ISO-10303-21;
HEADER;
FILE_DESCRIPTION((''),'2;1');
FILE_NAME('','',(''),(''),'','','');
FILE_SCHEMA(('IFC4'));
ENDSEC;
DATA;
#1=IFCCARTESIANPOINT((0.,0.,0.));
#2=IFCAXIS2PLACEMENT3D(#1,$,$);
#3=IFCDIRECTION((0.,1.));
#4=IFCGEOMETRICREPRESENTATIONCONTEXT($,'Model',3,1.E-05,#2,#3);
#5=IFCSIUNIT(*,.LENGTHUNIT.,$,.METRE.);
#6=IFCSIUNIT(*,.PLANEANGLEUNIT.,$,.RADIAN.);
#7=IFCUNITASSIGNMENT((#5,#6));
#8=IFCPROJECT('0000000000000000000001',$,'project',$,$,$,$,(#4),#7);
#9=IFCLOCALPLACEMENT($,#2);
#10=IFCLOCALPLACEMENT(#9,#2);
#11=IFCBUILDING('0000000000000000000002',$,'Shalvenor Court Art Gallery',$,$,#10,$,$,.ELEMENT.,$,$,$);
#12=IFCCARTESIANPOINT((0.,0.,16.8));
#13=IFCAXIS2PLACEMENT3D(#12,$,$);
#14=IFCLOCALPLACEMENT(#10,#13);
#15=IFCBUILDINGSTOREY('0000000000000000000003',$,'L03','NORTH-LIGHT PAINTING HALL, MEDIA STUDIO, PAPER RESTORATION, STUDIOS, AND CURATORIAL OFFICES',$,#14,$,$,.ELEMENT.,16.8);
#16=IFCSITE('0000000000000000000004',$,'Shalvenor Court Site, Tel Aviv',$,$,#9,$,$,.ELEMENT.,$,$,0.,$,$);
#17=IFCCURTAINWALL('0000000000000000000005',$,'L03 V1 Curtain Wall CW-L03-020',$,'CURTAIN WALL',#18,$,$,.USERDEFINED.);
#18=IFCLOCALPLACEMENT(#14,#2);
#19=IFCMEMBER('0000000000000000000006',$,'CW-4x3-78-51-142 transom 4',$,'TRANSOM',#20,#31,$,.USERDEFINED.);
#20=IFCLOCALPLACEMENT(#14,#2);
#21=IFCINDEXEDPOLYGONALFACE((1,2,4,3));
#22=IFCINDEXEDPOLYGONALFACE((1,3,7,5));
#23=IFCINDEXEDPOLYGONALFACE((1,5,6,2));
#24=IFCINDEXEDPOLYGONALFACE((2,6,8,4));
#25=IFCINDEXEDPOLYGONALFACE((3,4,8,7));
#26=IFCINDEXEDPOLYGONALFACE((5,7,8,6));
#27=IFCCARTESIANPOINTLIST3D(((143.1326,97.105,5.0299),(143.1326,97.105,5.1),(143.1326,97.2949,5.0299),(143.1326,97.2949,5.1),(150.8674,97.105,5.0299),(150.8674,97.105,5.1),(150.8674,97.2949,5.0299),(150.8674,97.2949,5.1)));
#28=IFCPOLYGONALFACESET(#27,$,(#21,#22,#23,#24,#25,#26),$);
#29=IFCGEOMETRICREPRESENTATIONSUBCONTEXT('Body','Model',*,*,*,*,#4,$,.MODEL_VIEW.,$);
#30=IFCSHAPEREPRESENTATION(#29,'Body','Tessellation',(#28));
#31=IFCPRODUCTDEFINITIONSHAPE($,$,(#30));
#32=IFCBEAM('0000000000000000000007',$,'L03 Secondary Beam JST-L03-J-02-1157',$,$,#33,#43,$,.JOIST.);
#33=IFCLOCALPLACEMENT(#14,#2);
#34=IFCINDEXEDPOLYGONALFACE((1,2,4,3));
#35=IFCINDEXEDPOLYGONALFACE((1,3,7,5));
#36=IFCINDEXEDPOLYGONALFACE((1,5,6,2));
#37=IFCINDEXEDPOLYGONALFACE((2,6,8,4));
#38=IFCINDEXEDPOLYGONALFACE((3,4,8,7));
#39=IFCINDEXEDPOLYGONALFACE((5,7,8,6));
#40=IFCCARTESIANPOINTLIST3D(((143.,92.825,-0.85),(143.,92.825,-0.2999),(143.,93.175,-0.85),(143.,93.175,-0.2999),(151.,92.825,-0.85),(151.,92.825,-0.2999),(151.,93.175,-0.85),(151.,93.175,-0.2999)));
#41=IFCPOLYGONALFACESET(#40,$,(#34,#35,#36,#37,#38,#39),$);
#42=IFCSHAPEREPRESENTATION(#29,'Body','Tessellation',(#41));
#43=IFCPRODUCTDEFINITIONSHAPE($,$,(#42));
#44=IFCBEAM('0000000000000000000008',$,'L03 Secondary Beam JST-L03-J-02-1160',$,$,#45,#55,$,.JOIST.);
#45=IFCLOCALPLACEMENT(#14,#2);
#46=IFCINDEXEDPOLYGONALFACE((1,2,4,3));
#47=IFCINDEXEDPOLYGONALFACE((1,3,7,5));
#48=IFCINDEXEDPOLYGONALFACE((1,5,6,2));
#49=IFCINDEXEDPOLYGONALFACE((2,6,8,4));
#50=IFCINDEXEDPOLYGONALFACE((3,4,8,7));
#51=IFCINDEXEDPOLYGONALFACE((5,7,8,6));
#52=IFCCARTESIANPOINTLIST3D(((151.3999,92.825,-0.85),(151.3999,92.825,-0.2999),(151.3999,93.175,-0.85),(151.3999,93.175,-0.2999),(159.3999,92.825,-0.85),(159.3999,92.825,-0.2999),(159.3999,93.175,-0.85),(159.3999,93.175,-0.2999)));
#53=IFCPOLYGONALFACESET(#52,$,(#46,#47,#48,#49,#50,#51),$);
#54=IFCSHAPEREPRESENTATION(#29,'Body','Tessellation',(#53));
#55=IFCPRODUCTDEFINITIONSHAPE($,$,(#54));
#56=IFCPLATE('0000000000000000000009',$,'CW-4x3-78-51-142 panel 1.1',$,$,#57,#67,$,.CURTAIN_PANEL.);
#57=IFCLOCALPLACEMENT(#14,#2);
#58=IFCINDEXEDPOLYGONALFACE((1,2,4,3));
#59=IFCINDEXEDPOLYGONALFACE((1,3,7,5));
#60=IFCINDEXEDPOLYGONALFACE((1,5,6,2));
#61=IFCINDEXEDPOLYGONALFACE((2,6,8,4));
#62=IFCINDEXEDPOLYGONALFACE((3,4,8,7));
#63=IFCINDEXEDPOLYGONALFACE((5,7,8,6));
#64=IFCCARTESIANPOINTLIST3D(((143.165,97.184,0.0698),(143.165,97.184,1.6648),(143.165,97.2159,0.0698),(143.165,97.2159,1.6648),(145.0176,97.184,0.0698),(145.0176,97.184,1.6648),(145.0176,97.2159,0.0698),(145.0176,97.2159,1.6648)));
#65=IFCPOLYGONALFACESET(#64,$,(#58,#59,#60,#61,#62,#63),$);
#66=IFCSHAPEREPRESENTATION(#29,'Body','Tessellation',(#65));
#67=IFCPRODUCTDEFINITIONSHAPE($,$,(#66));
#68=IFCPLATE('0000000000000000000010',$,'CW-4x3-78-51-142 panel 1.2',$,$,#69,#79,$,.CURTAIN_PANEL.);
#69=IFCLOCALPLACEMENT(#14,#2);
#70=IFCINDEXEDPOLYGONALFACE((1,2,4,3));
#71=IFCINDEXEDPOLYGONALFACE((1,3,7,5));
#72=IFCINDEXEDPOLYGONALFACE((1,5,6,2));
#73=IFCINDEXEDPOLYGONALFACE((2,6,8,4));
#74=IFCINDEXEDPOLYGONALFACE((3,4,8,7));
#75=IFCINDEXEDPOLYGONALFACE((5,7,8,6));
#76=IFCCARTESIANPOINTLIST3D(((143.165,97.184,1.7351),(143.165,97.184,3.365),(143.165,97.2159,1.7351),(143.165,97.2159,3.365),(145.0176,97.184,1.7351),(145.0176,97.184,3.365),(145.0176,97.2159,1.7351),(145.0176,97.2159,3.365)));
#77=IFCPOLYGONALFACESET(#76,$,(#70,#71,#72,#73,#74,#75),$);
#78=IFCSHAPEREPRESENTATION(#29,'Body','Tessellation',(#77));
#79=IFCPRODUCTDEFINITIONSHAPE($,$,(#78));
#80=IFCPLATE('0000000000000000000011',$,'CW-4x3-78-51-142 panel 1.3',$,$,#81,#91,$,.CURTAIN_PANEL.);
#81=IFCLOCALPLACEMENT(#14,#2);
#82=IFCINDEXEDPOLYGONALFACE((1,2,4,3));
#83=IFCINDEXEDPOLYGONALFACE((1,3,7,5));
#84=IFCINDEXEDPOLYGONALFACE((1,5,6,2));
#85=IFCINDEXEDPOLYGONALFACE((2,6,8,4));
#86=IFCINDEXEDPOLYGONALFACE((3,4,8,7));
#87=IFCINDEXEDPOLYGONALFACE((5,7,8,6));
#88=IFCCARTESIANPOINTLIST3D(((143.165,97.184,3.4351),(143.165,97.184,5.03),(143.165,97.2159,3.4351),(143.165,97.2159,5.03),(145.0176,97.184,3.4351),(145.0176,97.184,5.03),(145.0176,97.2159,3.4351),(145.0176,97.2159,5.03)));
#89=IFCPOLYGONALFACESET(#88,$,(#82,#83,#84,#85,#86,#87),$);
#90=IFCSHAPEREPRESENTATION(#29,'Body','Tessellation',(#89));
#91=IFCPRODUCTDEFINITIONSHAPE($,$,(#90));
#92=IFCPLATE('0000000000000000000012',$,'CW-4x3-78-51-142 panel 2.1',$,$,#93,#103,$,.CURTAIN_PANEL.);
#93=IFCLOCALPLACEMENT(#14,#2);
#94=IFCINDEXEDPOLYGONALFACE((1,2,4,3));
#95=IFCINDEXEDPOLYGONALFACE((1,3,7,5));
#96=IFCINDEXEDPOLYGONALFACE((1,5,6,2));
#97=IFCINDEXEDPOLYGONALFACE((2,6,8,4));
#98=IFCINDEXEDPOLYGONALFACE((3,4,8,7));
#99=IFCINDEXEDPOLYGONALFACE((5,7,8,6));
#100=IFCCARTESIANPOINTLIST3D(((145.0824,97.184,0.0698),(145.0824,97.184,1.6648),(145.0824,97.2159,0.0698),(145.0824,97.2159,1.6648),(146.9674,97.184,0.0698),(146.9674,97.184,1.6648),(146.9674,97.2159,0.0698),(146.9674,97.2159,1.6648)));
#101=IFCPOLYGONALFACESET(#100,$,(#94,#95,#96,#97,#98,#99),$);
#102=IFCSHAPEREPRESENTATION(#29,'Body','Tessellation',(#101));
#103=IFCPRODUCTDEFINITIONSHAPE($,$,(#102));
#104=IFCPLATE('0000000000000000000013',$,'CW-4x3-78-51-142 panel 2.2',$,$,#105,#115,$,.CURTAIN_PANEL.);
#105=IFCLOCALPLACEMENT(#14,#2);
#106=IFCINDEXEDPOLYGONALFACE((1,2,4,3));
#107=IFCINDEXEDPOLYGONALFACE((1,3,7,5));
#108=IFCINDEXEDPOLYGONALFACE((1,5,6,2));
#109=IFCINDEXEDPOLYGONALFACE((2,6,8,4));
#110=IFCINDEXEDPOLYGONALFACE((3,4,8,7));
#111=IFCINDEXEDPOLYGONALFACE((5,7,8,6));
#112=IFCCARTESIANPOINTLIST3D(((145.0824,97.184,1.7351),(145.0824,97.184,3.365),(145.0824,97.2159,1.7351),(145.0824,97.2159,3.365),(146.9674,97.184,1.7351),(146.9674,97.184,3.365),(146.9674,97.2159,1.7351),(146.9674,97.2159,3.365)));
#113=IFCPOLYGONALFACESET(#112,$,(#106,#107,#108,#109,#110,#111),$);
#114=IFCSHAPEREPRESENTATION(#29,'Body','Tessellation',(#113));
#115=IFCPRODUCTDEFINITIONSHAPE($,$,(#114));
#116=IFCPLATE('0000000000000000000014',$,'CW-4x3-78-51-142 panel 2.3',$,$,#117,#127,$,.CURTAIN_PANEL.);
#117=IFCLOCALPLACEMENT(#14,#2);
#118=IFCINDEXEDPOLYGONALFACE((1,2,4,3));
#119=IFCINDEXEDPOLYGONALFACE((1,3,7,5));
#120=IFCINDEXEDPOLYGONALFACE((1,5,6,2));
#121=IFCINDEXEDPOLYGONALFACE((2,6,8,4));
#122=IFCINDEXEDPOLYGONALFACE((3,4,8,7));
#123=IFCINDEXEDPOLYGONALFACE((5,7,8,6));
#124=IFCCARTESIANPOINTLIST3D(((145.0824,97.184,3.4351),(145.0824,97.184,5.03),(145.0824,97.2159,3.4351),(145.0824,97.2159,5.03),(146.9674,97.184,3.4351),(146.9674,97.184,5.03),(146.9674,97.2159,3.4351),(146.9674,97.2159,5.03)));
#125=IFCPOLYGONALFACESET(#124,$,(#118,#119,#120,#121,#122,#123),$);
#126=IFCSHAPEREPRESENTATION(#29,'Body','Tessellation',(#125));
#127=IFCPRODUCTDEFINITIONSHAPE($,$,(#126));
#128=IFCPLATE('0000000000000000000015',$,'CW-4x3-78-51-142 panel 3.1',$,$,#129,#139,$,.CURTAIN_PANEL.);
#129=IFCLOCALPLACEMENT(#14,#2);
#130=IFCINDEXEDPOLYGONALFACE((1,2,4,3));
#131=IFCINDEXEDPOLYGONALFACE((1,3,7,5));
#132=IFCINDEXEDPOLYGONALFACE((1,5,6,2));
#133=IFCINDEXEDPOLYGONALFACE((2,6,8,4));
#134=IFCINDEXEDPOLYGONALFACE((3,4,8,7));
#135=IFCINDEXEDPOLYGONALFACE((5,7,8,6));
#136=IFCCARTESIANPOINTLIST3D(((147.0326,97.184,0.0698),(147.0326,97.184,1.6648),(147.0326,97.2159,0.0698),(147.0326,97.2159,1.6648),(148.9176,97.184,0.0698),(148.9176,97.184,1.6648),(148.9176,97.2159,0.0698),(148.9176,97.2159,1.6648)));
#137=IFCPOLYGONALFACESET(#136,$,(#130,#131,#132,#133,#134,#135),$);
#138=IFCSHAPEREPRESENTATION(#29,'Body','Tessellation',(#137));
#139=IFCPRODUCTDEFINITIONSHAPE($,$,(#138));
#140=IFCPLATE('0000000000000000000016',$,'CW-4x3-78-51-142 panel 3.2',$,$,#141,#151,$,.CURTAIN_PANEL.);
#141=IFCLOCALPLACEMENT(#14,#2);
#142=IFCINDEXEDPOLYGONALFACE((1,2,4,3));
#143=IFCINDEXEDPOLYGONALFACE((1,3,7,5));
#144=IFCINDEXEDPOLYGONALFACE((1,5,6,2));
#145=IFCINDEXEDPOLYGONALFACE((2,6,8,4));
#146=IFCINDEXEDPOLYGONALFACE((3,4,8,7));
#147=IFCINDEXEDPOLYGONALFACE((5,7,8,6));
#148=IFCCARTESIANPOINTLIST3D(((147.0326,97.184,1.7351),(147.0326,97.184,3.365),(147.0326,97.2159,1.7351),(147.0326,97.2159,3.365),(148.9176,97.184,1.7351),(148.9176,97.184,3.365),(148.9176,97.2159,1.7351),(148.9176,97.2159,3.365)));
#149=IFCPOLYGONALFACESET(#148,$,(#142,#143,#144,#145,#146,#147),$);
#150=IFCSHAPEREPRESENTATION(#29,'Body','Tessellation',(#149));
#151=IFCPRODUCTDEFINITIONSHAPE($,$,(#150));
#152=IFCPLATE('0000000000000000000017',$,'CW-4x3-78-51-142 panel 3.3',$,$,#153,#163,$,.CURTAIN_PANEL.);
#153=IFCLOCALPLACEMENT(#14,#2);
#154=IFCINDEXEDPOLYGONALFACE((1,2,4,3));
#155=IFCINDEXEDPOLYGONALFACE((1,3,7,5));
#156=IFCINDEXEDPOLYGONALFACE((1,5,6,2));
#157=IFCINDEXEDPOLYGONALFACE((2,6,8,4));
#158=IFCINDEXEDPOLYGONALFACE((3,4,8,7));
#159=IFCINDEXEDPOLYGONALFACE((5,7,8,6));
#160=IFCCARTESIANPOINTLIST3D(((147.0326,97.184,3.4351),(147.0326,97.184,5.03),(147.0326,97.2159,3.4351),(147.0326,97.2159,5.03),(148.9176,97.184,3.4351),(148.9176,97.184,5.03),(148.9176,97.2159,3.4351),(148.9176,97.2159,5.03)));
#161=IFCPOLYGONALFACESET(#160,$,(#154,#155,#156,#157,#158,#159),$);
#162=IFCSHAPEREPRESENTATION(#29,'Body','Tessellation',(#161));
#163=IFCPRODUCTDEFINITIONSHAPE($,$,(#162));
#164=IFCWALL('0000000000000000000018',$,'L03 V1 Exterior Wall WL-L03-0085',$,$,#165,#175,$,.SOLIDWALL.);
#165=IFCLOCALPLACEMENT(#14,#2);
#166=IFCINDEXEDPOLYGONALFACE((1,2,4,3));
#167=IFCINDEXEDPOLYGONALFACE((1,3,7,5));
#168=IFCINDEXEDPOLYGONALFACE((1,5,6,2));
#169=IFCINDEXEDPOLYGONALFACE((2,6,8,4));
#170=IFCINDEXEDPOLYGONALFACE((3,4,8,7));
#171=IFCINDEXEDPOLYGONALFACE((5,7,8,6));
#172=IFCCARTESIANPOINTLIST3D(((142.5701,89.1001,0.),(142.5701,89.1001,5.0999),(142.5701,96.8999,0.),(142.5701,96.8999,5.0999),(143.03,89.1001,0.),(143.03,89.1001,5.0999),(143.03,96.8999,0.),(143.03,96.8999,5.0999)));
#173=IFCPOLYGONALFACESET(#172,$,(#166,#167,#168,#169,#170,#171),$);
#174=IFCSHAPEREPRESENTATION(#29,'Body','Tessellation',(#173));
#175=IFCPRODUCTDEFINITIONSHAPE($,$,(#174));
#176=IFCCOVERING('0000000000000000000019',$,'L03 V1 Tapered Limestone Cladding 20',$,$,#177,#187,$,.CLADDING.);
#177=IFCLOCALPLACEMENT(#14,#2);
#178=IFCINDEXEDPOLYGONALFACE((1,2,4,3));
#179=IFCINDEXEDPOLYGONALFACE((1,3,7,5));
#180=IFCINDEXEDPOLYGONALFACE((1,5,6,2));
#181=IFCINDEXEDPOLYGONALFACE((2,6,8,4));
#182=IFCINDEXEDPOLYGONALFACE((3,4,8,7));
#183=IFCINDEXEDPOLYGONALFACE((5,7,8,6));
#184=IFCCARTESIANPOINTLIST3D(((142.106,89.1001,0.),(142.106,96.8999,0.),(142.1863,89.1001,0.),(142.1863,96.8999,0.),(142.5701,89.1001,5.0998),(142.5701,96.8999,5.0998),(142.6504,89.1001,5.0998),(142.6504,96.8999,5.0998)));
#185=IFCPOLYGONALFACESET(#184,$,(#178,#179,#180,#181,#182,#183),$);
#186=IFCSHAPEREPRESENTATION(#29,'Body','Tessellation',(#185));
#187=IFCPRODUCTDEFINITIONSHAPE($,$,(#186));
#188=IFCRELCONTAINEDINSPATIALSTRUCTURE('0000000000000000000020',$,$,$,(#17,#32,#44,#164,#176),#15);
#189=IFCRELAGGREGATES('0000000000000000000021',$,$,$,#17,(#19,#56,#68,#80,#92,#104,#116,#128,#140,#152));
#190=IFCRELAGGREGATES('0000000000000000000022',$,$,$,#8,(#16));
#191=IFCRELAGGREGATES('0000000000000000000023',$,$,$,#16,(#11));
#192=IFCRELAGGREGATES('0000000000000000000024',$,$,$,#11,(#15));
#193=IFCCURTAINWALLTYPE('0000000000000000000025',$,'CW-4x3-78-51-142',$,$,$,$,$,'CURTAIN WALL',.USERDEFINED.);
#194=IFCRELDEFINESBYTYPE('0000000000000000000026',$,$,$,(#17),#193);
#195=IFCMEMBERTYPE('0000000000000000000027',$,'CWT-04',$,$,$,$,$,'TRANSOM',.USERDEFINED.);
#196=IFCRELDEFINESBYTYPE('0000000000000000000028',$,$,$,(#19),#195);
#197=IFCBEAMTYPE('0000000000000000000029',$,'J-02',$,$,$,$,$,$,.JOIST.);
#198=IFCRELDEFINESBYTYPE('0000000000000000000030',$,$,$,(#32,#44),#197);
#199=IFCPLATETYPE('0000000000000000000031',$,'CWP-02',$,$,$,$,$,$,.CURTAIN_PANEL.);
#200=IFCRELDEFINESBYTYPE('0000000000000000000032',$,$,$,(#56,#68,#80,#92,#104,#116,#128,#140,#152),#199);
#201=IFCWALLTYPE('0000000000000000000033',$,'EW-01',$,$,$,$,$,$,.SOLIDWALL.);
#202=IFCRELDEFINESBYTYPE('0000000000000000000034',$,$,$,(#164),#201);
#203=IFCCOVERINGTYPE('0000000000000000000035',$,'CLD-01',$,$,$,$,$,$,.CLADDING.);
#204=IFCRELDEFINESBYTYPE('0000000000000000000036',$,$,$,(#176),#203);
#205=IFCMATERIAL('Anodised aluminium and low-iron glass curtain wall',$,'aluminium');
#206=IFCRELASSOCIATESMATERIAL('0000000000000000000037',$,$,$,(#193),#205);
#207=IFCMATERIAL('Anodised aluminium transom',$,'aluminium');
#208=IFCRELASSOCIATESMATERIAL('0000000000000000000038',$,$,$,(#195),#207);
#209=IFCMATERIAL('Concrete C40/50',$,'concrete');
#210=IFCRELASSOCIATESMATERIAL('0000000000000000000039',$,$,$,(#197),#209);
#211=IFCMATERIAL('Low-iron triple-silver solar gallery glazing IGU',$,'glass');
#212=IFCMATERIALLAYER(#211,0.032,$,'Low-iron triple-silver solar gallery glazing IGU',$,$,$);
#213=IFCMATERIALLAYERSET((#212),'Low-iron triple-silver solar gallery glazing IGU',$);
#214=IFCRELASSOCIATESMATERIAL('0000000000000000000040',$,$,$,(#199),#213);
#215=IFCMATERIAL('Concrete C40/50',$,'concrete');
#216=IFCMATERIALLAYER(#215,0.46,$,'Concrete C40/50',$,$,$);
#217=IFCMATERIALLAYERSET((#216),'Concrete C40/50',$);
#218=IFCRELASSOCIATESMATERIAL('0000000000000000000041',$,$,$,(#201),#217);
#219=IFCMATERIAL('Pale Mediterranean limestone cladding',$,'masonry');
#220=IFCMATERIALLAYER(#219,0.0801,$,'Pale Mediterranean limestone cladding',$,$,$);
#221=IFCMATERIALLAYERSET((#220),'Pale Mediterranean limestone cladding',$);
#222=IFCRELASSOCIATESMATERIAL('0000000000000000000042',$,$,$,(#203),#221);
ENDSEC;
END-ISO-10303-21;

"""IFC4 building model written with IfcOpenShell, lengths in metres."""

from ifc_helpers import new_model, si_unit, direction, frame, frame_2d, origin, origin_2d, place, context, subcontext, project, spatial, polyline, rectangle, outline, extrude, material, layer, layer_set, material_profile, profile_set, type_object, element, aggregate, save


model = new_model("IFC4")

# Units and contexts
model_context = context("Model", 3, precision=1e-05, world=origin(), true_north=direction((0.0, 1.0)))
body_context = subcontext(model_context, "Body", "Model", "MODEL_VIEW")
ifc_project = project(units=[si_unit("LENGTHUNIT", "METRE"), si_unit("PLANEANGLEUNIT", "RADIAN")], contexts=[model_context])

# Site, building, storey
site_placement = place(None, origin())
site = spatial("IfcSite", under=ifc_project, at=site_placement, Name="Shalvenor Court Site, Tel Aviv", CompositionType="ELEMENT", RefElevation=0.0)
building_placement = place(site_placement, origin())
building = spatial("IfcBuilding", under=site, at=building_placement, Name="Shalvenor Court Art Gallery", CompositionType="ELEMENT")
storey_placement = place(building_placement, frame((0.0, 0.0, 16.8)))
storey = spatial("IfcBuildingStorey", under=building, at=storey_placement, Name="L03", Description="NORTH-LIGHT PAINTING HALL, MEDIA STUDIO, PAPER RESTORATION, STUDIOS, AND CURATORIAL OFFICES", CompositionType="ELEMENT", Elevation=16.8)

# Curtain wall
ifc_material_1 = material(Name="Anodised aluminium and low-iron glass curtain wall", Category="aluminium")
curtain_wall_type_1 = type_object("IfcCurtainWallType", Name="CW-4x3-78-51-142", ElementType="CURTAIN WALL", PredefinedType="USERDEFINED", material=ifc_material_1)
curtain_wall_1_placement = place(storey_placement, origin())
curtain_wall_1 = element("IfcCurtainWall", 1, at=curtain_wall_1_placement, inside=storey, type_object=curtain_wall_type_1, Name="L03 V1 Curtain Wall CW-L03-020", ObjectType="CURTAIN WALL", PredefinedType="USERDEFINED")

# Member
ifc_material_2 = material(Name="Anodised aluminium transom", Category="aluminium")
ifc_material_profile_1 = material_profile(ifc_material_2, rectangle(XDim=0.1899, YDim=0.0701, at=origin_2d()), Name="CWT-04")
ifc_profile_set_1 = profile_set([ifc_material_profile_1], Name="Anodised aluminium transom")
member_type_1 = type_object("IfcMemberType", Name="CWT-04", ElementType="TRANSOM", PredefinedType="USERDEFINED", material=ifc_profile_set_1)
member_1_placement = place(storey_placement, frame((143.1326, 97.2, 5.0649), z_axis=(1.0, 0.0, 0.0), x_axis=(0.0, 1.0, 0.0)))
member_1 = element("IfcMember", 2, at=member_1_placement, type_object=member_type_1, Name="CW-4x3-78-51-142 transom 4", ObjectType="TRANSOM", PredefinedType="USERDEFINED", context=body_context, shape_type="SweptSolid", body=[
    extrude(rectangle(XDim=0.1899, YDim=0.0701, at=origin_2d()), origin(), (0.0, 0.0, 1.0), 7.7349),
])

# Beams
ifc_material_3 = material(Name="Concrete C40/50", Category="concrete")
ifc_material_profile_2 = material_profile(ifc_material_3, rectangle(XDim=0.3501, YDim=0.55, at=origin_2d()), Name="RC 350x550")
ifc_profile_set_2 = profile_set([ifc_material_profile_2], Name="Concrete C40/50")
beam_type_1 = type_object("IfcBeamType", Name="J-02", PredefinedType="JOIST", material=ifc_profile_set_2)
for number, where, z_axis, x_axis, name in (
    (3, (143.0, 93.0, -0.575), (1.0, 0.0, 0.0), (0.0, 1.0, 0.0), "L03 Secondary Beam JST-L03-J-02-1157"),
    (4, (151.3999, 93.0, -0.575), (1.0, 0.0, 0.0), (0.0, 1.0, 0.0), "L03 Secondary Beam JST-L03-J-02-1160"),
):
    element("IfcBeam", number, at=place(storey_placement, frame(where, z_axis=z_axis, x_axis=x_axis)), inside=storey, type_object=beam_type_1, Name=name, PredefinedType="JOIST", context=body_context, shape_type="SweptSolid", body=[
        extrude(rectangle(XDim=0.3501, YDim=0.55, at=origin_2d()), origin(), (0.0, 0.0, 1.0), 8.0),
    ])

# Plates
ifc_material_4 = material(Name="Low-iron triple-silver solar gallery glazing IGU", Category="glass")
ifc_layer_1 = layer(ifc_material_4, 0.032, Name="Low-iron triple-silver solar gallery glazing IGU")
ifc_layer_set_1 = layer_set([ifc_layer_1], Name="Low-iron triple-silver solar gallery glazing IGU")
plate_type = type_object("IfcPlateType", Name="CWP-02", PredefinedType="CURTAIN_PANEL", material=ifc_layer_set_1)
plate_1_placement = place(storey_placement, frame((144.0913, 97.2, 0.0698), z_axis=(0.0, 0.0, 1.0), x_axis=(1.0, 0.0, 0.0)))
plate_1 = element("IfcPlate", 5, at=plate_1_placement, type_object=plate_type, Name="CW-4x3-78-51-142 panel 1.1", PredefinedType="CURTAIN_PANEL", context=body_context, shape_type="SweptSolid", body=[
    extrude(rectangle(XDim=1.8525, YDim=0.032, at=origin_2d()), origin(), (0.0, 0.0, 1.0), 1.595),
])
plate_2_placement = place(storey_placement, frame((144.0913, 97.2, 1.7351), z_axis=(0.0, 0.0, 1.0), x_axis=(1.0, 0.0, 0.0)))
plate_2 = element("IfcPlate", 6, at=plate_2_placement, type_object=plate_type, Name="CW-4x3-78-51-142 panel 1.2", PredefinedType="CURTAIN_PANEL", context=body_context, shape_type="SweptSolid", body=[
    extrude(rectangle(XDim=1.8525, YDim=0.032, at=origin_2d()), origin(), (0.0, 0.0, 1.0), 1.6299),
])
plate_3_placement = place(storey_placement, frame((144.0913, 97.2, 3.4351), z_axis=(0.0, 0.0, 1.0), x_axis=(1.0, 0.0, 0.0)))
plate_3 = element("IfcPlate", 7, at=plate_3_placement, type_object=plate_type, Name="CW-4x3-78-51-142 panel 1.3", PredefinedType="CURTAIN_PANEL", context=body_context, shape_type="SweptSolid", body=[
    extrude(rectangle(XDim=1.8525, YDim=0.032, at=origin_2d()), origin(), (0.0, 0.0, 1.0), 1.595),
])
plate_4_placement = place(storey_placement, frame((146.0249, 97.2, 0.0698), z_axis=(0.0, 0.0, 1.0), x_axis=(1.0, 0.0, 0.0)))
plate_4 = element("IfcPlate", 8, at=plate_4_placement, type_object=plate_type, Name="CW-4x3-78-51-142 panel 2.1", PredefinedType="CURTAIN_PANEL", context=body_context, shape_type="SweptSolid", body=[
    extrude(rectangle(XDim=1.885, YDim=0.032, at=origin_2d()), origin(), (0.0, 0.0, 1.0), 1.595),
])
plate_5_placement = place(storey_placement, frame((146.0249, 97.2, 1.7351), z_axis=(0.0, 0.0, 1.0), x_axis=(1.0, 0.0, 0.0)))
plate_5 = element("IfcPlate", 9, at=plate_5_placement, type_object=plate_type, Name="CW-4x3-78-51-142 panel 2.2", PredefinedType="CURTAIN_PANEL", context=body_context, shape_type="SweptSolid", body=[
    extrude(rectangle(XDim=1.885, YDim=0.032, at=origin_2d()), origin(), (0.0, 0.0, 1.0), 1.6299),
])
plate_6_placement = place(storey_placement, frame((146.0249, 97.2, 3.4351), z_axis=(0.0, 0.0, 1.0), x_axis=(1.0, 0.0, 0.0)))
plate_6 = element("IfcPlate", 10, at=plate_6_placement, type_object=plate_type, Name="CW-4x3-78-51-142 panel 2.3", PredefinedType="CURTAIN_PANEL", context=body_context, shape_type="SweptSolid", body=[
    extrude(rectangle(XDim=1.885, YDim=0.032, at=origin_2d()), origin(), (0.0, 0.0, 1.0), 1.595),
])
plate_7_placement = place(storey_placement, frame((147.9751, 97.2, 0.0698), z_axis=(0.0, 0.0, 1.0), x_axis=(1.0, 0.0, 0.0)))
plate_7 = element("IfcPlate", 11, at=plate_7_placement, type_object=plate_type, Name="CW-4x3-78-51-142 panel 3.1", PredefinedType="CURTAIN_PANEL", context=body_context, shape_type="SweptSolid", body=[
    extrude(rectangle(XDim=1.885, YDim=0.032, at=origin_2d()), origin(), (0.0, 0.0, 1.0), 1.595),
])
plate_8_placement = place(storey_placement, frame((147.9751, 97.2, 1.7351), z_axis=(0.0, 0.0, 1.0), x_axis=(1.0, 0.0, 0.0)))
plate_8 = element("IfcPlate", 12, at=plate_8_placement, type_object=plate_type, Name="CW-4x3-78-51-142 panel 3.2", PredefinedType="CURTAIN_PANEL", context=body_context, shape_type="SweptSolid", body=[
    extrude(rectangle(XDim=1.885, YDim=0.032, at=origin_2d()), origin(), (0.0, 0.0, 1.0), 1.6299),
])
plate_9_placement = place(storey_placement, frame((147.9751, 97.2, 3.4351), z_axis=(0.0, 0.0, 1.0), x_axis=(1.0, 0.0, 0.0)))
plate_9 = element("IfcPlate", 13, at=plate_9_placement, type_object=plate_type, Name="CW-4x3-78-51-142 panel 3.3", PredefinedType="CURTAIN_PANEL", context=body_context, shape_type="SweptSolid", body=[
    extrude(rectangle(XDim=1.885, YDim=0.032, at=origin_2d()), origin(), (0.0, 0.0, 1.0), 1.595),
])
aggregate(curtain_wall_1, [member_1, plate_1, plate_2, plate_3, plate_4, plate_5, plate_6, plate_7, plate_8, plate_9])

# Wall
ifc_material_5 = material(Name="Concrete C40/50", Category="concrete")
ifc_layer_2 = layer(ifc_material_5, 0.46, Name="Concrete C40/50")
ifc_layer_set_2 = layer_set([ifc_layer_2], Name="Concrete C40/50")
wall_type = type_object("IfcWallType", Name="EW-01", PredefinedType="SOLIDWALL", material=ifc_layer_set_2)
wall_placement = place(storey_placement, frame((142.8, 89.1001, 0.0), z_axis=(0.0, 0.0, 1.0), x_axis=(0.0, 1.0, 0.0)))
element("IfcWall", 14, at=wall_placement, inside=storey, type_object=wall_type, Name="L03 V1 Exterior Wall WL-L03-0085", PredefinedType="SOLIDWALL", context=body_context, shape_type="SweptSolid", body=[
    extrude(rectangle(XDim=7.7998, YDim=0.46, at=frame_2d((3.8999, 0.0))), origin(), (0.0, 0.0, 1.0), 5.0999),
])

# Covering
ifc_material_6 = material(Name="Pale Mediterranean limestone cladding", Category="masonry")
ifc_layer_3 = layer(ifc_material_6, 0.0801, Name="Pale Mediterranean limestone cladding")
ifc_layer_set_3 = layer_set([ifc_layer_3], Name="Pale Mediterranean limestone cladding")
covering_type = type_object("IfcCoveringType", Name="CLD-01", PredefinedType="CLADDING", material=ifc_layer_set_3)
covering_placement = place(storey_placement, frame((142.106, 96.8999, 0.0), z_axis=(0.0, 0.0, 1.0), x_axis=(0.0, -1.0, 0.0)))
element("IfcCovering", 15, at=covering_placement, inside=storey, type_object=covering_type, Name="L03 V1 Tapered Limestone Cladding 20", PredefinedType="CLADDING", context=body_context, shape_type="SweptSolid", body=[
    extrude(outline(polyline([(0.0, 0.0), (7.7998, 0.0), (7.7998, 5.1208), (0.0, 5.1208), (0.0, 0.0)])), frame((0.0, 0.0, 0.0), z_axis=(0.0, -0.995884, 0.090633), x_axis=(1.0, 0.0, 0.0)), (0.0, 0.090633, -0.995884), 0.0803),
])

save(model, "model.ifc")
